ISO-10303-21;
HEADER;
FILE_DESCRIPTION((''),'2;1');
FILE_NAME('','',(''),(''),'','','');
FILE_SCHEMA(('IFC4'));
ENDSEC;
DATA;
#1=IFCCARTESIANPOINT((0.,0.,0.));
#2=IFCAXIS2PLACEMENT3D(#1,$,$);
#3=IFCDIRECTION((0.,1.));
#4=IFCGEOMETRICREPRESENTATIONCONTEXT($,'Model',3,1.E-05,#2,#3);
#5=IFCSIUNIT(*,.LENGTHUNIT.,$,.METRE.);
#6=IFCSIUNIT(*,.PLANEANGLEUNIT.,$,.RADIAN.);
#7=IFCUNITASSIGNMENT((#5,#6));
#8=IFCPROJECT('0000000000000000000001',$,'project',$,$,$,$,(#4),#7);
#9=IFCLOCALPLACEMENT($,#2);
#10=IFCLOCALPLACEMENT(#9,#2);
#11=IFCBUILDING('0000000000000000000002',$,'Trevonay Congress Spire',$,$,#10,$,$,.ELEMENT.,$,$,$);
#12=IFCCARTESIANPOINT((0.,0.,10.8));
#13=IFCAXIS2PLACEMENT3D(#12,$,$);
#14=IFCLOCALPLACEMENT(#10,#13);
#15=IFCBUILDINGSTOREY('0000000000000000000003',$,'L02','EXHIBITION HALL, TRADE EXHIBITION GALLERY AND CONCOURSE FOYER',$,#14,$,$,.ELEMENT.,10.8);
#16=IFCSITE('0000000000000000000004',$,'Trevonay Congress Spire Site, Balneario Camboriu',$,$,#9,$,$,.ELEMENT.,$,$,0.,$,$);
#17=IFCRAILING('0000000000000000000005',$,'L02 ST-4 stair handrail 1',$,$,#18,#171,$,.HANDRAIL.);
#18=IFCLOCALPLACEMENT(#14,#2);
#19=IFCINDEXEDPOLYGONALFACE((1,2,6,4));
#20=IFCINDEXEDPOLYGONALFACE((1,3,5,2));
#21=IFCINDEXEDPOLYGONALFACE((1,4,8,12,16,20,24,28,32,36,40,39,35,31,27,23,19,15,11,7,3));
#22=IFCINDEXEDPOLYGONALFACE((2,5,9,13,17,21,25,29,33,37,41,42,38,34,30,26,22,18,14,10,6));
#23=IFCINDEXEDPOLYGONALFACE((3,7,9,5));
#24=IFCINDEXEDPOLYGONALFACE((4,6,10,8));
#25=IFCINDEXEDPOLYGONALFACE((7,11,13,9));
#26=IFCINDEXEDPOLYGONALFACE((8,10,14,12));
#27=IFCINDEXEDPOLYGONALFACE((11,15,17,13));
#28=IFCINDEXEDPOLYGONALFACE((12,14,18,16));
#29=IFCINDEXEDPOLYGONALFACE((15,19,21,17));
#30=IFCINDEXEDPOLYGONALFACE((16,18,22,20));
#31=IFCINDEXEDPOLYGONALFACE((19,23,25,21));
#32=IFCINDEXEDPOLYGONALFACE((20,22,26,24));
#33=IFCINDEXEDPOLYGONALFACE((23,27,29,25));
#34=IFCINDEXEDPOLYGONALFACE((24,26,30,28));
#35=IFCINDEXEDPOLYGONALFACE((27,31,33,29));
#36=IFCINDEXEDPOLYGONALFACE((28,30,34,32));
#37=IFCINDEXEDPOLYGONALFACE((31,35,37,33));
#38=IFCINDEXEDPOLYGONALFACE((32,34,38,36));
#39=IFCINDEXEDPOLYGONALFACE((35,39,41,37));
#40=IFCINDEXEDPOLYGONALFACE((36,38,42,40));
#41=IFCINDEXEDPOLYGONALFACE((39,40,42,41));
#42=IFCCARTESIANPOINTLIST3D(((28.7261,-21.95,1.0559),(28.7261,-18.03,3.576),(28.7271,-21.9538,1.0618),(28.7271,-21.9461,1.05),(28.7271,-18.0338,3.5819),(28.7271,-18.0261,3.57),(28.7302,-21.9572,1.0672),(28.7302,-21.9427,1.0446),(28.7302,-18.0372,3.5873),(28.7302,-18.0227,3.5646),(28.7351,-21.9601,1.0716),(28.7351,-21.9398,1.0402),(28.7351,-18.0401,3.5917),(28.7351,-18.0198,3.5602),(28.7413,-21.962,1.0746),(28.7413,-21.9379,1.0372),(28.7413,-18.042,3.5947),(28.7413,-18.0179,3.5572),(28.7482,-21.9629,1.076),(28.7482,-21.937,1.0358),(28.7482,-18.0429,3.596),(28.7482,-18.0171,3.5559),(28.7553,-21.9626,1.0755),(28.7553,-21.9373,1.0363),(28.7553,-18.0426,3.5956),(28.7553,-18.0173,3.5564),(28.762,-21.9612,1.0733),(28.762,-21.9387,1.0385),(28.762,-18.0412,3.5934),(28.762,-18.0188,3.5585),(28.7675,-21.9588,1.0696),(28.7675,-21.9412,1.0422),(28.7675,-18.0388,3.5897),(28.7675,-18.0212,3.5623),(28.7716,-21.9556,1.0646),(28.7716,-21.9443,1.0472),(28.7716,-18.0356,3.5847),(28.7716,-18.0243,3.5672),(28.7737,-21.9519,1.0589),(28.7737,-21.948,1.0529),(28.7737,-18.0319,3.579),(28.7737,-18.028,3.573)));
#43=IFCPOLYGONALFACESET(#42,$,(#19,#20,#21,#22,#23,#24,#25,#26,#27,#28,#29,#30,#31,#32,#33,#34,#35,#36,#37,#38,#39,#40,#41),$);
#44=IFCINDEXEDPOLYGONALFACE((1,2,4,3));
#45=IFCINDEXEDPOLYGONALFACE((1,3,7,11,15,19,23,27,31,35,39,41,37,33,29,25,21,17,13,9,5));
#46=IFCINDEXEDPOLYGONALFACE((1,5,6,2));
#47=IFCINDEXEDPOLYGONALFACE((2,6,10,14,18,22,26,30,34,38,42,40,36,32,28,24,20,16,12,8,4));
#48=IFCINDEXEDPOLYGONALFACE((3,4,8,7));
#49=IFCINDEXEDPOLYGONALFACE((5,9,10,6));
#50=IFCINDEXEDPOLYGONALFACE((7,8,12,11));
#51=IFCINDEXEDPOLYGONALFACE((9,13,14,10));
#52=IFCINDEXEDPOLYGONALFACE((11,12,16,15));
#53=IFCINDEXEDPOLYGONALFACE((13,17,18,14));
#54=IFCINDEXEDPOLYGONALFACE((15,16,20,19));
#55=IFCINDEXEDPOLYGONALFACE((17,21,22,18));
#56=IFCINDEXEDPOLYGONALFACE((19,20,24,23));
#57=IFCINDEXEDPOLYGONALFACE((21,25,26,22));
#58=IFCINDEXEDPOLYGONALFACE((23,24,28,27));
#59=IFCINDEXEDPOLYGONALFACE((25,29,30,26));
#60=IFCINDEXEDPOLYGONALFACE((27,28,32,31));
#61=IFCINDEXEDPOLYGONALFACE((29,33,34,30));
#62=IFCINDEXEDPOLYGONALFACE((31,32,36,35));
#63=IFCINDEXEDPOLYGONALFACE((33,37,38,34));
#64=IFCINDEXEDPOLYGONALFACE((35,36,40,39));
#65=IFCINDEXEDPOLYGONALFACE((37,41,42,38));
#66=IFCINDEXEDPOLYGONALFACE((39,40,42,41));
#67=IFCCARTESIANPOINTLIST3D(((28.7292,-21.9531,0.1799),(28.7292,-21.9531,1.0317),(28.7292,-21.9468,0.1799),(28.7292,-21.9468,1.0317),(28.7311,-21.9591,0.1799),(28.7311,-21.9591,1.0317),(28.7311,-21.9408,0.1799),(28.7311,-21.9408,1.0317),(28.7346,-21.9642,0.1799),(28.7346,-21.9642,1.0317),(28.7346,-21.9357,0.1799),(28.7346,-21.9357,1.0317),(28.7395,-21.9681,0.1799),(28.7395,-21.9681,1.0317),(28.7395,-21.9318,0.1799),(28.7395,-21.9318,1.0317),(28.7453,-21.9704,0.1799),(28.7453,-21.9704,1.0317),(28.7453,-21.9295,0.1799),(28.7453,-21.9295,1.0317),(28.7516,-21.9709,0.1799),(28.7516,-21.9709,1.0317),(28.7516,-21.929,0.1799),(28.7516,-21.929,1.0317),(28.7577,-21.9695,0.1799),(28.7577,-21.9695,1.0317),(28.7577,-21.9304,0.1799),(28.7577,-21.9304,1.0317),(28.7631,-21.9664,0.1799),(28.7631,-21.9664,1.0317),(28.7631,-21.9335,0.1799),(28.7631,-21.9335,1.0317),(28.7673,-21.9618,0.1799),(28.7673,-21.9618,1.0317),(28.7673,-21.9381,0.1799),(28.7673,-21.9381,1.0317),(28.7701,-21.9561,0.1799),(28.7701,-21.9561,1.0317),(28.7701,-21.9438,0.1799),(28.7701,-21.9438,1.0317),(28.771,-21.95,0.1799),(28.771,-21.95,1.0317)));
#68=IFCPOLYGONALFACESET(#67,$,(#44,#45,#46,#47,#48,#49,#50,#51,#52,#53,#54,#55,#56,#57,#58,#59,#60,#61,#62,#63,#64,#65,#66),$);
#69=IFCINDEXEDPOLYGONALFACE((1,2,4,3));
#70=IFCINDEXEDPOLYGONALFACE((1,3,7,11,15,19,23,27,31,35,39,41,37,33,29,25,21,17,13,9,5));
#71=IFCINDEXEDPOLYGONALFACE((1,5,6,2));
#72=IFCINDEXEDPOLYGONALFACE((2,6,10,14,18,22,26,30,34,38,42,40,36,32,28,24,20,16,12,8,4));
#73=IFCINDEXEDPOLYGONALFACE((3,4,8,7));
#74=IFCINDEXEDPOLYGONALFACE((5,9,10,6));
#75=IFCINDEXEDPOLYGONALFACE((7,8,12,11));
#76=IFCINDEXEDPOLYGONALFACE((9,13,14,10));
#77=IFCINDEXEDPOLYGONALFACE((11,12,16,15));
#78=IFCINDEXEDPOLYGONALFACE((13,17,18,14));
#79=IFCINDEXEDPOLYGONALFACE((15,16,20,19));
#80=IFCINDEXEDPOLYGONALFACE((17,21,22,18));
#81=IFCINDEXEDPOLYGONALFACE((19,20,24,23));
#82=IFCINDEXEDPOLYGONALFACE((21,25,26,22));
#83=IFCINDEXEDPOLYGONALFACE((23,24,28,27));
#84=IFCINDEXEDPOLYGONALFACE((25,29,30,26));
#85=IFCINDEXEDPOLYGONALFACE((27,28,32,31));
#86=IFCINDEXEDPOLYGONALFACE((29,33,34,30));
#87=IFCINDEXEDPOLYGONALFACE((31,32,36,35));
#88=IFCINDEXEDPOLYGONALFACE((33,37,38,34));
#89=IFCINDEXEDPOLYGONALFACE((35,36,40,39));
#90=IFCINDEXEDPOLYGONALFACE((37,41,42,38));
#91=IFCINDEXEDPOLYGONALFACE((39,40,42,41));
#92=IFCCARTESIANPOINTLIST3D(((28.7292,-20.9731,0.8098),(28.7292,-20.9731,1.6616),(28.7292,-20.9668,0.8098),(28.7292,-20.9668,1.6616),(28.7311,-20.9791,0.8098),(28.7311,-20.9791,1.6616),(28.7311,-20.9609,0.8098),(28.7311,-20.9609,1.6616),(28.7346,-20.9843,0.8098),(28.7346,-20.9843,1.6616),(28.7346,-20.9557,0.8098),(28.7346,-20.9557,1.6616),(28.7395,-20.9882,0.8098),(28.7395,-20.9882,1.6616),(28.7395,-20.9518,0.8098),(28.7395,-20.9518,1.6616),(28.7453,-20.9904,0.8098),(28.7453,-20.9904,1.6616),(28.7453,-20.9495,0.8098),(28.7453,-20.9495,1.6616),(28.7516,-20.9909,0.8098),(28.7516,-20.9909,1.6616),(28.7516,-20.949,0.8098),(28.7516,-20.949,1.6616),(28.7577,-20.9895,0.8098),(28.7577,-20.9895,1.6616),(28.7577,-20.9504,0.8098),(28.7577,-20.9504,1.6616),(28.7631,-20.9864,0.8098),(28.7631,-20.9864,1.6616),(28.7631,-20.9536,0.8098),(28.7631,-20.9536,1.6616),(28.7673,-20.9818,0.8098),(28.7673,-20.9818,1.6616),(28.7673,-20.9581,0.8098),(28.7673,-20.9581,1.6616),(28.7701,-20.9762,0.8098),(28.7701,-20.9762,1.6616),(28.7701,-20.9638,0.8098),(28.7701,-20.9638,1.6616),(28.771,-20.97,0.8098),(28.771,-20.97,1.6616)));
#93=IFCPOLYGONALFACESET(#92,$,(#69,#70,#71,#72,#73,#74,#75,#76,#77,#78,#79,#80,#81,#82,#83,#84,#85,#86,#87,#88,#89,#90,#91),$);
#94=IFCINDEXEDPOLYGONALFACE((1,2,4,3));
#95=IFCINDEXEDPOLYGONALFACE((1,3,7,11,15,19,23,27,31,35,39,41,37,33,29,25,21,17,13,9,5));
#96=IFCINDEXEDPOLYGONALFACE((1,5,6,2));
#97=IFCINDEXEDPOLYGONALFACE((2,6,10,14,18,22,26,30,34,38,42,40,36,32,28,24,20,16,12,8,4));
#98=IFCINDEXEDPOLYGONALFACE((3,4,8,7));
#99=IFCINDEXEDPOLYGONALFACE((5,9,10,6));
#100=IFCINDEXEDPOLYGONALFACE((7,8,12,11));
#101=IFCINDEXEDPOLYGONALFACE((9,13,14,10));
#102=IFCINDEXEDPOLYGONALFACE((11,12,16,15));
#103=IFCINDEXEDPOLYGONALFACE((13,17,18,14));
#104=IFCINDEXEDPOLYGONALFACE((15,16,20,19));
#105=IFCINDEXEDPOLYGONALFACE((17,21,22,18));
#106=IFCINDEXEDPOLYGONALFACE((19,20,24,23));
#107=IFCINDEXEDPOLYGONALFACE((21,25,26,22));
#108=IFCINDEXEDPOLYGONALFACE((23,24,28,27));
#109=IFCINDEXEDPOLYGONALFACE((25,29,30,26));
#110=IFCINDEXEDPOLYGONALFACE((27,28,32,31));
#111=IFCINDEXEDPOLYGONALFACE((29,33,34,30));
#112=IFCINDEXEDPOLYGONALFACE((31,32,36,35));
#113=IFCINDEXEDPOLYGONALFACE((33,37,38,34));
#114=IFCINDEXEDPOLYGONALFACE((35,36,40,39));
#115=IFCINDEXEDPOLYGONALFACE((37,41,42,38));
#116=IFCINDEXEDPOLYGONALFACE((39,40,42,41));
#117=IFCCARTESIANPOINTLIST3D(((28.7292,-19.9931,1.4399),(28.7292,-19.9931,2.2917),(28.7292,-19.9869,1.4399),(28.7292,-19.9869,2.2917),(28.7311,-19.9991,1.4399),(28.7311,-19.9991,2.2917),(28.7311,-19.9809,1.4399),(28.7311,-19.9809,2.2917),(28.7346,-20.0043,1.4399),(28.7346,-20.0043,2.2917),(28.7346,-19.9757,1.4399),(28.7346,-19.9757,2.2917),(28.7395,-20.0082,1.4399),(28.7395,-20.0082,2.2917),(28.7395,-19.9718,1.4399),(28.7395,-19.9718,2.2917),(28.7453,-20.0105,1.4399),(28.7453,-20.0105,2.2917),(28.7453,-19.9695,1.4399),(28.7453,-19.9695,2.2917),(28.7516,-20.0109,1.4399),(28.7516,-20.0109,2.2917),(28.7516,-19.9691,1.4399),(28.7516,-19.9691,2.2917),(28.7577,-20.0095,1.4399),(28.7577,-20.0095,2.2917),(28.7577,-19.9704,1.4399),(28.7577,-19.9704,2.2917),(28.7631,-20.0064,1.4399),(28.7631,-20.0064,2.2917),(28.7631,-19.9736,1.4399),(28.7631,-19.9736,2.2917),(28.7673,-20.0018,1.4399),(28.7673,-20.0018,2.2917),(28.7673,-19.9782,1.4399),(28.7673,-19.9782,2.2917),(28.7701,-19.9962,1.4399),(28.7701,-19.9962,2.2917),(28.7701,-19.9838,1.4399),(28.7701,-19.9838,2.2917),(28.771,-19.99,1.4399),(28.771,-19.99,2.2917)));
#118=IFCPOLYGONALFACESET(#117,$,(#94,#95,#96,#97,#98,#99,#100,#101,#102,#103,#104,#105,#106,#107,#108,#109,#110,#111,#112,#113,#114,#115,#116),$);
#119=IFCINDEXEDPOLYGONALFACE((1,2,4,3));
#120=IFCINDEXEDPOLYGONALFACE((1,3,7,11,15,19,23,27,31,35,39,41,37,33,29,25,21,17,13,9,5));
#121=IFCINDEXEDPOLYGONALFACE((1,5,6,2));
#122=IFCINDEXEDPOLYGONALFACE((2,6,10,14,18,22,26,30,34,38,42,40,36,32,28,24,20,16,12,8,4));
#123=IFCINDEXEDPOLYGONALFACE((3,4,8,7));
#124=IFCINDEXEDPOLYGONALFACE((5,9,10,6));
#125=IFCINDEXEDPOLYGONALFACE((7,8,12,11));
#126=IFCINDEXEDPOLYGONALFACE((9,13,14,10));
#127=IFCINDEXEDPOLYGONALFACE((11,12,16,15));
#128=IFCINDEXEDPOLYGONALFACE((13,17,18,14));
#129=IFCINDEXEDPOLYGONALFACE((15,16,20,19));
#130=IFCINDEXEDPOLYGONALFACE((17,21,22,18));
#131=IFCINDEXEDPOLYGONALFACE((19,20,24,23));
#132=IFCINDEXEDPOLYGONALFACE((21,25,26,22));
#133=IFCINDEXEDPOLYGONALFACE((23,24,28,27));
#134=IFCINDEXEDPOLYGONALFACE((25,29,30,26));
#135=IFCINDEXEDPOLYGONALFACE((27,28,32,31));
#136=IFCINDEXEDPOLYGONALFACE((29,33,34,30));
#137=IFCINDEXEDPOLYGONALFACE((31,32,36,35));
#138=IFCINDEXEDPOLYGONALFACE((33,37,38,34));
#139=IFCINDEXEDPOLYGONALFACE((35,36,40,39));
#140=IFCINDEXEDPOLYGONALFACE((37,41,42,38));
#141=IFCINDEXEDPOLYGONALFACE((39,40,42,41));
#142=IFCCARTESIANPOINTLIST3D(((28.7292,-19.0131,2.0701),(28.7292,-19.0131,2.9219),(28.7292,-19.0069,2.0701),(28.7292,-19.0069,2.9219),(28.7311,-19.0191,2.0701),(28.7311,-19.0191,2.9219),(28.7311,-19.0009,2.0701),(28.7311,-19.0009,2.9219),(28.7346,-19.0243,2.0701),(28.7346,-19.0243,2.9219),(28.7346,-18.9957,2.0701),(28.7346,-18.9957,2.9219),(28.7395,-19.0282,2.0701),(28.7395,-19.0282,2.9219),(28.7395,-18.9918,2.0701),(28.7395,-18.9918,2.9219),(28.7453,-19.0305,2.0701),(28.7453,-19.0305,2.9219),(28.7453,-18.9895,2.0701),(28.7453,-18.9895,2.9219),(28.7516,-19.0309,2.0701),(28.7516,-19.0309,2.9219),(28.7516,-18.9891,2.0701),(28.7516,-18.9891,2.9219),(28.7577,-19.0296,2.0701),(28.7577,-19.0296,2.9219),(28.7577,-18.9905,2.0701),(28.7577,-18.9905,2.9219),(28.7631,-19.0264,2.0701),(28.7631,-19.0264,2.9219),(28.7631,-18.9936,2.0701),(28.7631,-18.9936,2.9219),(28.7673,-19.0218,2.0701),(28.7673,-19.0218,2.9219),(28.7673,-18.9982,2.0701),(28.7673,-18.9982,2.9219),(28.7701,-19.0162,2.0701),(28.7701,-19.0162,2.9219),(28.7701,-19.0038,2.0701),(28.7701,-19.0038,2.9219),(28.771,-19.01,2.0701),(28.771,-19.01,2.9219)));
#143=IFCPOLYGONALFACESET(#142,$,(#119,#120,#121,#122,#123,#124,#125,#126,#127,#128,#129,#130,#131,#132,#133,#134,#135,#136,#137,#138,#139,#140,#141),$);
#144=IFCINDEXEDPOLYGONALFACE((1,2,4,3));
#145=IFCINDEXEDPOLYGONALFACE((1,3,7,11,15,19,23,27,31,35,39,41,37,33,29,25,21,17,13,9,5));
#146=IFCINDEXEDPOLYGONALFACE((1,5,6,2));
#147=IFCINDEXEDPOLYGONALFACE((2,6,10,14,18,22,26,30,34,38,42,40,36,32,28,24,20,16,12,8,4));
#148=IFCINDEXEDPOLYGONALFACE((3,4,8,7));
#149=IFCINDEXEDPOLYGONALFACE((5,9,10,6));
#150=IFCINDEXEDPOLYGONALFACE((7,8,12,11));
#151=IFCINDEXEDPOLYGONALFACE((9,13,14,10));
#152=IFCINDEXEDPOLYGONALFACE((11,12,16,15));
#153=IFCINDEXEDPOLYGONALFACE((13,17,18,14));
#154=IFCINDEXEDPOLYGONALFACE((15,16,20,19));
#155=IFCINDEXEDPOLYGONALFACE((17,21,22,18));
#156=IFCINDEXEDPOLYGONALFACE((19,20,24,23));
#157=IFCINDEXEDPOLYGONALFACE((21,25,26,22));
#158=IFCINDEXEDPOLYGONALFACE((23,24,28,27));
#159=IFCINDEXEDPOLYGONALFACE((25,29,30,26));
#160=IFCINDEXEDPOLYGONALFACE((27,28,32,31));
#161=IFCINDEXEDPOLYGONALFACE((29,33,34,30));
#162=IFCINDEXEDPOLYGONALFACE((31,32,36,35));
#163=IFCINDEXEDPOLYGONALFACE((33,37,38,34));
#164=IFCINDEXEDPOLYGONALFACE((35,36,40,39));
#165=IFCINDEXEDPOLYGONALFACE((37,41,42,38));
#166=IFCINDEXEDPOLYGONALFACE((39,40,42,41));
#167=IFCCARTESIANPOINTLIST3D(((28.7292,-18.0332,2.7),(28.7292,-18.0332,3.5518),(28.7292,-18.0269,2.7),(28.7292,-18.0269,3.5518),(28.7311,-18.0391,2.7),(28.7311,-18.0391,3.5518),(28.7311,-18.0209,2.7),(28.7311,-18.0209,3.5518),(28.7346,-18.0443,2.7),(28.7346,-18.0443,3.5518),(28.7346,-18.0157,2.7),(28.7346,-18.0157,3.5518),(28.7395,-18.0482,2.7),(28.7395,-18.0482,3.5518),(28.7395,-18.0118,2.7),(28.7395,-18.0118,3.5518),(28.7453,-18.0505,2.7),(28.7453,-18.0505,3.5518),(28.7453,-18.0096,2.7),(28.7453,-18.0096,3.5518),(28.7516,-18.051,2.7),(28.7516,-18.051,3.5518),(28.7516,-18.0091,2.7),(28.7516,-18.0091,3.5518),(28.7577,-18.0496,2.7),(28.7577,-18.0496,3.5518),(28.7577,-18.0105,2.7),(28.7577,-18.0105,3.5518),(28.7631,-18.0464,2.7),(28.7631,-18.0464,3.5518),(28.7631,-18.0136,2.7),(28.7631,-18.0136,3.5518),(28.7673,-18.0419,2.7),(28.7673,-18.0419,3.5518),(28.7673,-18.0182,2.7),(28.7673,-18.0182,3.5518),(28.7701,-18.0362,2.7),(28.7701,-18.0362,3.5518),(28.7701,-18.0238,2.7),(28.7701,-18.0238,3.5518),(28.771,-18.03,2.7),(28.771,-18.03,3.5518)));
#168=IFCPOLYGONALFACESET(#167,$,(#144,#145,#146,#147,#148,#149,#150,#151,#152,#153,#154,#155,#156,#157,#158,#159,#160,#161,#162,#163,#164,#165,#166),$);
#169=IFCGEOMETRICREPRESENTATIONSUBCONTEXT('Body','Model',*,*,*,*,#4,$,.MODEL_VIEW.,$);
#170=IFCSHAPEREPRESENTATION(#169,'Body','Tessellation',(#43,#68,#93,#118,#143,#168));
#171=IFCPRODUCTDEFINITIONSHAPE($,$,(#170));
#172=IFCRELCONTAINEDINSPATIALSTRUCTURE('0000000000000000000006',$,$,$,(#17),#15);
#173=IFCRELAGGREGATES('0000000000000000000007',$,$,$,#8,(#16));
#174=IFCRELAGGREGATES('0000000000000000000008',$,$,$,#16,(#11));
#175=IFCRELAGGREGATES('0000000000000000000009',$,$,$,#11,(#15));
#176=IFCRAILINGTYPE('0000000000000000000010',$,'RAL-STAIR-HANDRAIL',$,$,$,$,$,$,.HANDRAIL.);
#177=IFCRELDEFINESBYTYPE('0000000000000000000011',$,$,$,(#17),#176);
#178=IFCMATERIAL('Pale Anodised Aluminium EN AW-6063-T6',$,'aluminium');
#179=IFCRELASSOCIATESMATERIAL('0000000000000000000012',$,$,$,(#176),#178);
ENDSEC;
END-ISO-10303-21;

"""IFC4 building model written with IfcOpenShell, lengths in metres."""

from ifc_helpers import new_model, si_unit, direction, frame, origin, origin_2d, place, context, subcontext, project, spatial, circle, extrude, material, type_object, element, save


model = new_model("IFC4")

# Units and contexts
model_context = context("Model", 3, precision=1e-05, world=origin(), true_north=direction((0.0, 1.0)))
body_context = subcontext(model_context, "Body", "Model", "MODEL_VIEW")
ifc_project = project(units=[si_unit("LENGTHUNIT", "METRE"), si_unit("PLANEANGLEUNIT", "RADIAN")], contexts=[model_context])

# Site, building, storey
site_placement = place(None, origin())
site = spatial("IfcSite", under=ifc_project, at=site_placement, Name="Trevonay Congress Spire Site, Balneario Camboriu", CompositionType="ELEMENT", RefElevation=0.0)
building_placement = place(site_placement, origin())
building = spatial("IfcBuilding", under=site, at=building_placement, Name="Trevonay Congress Spire", CompositionType="ELEMENT")
storey_placement = place(building_placement, frame((0.0, 0.0, 10.8)))
storey = spatial("IfcBuildingStorey", under=building, at=storey_placement, Name="L02", Description="EXHIBITION HALL, TRADE EXHIBITION GALLERY AND CONCOURSE FOYER", CompositionType="ELEMENT", Elevation=10.8)

# Shared definitions
ifc_material_1 = material(Name="Pale Anodised Aluminium EN AW-6063-T6", Category="aluminium")

# Railing
railing_type_1 = type_object("IfcRailingType", Name="RAL-STAIR-HANDRAIL", PredefinedType="HANDRAIL", material=ifc_material_1)
railing_1_placement = place(storey_placement, frame((28.75, -21.95, 0.1799)))
element("IfcRailing", 1, at=railing_1_placement, inside=storey, type_object=railing_type_1, Name="L02 ST-4 stair handrail 1", PredefinedType="HANDRAIL", context=body_context, shape_type="SweptSolid", body=[
    extrude(circle(Radius=0.0239, at=origin_2d()), frame((0.0, 0.0, 0.876), z_axis=(0.0, 0.841172, 0.540768), x_axis=(-1.0, 0.0, 0.0)), (0.0, 0.0, 1.0), 4.6602),
    extrude(circle(Radius=0.021, at=origin_2d()), origin(), (0.0, 0.0, 1.0), 0.8518),
    extrude(circle(Radius=0.021, at=origin_2d()), frame((0.0, 0.98, 0.6299)), (0.0, 0.0, 1.0), 0.8518),
    extrude(circle(Radius=0.021, at=origin_2d()), frame((0.0, 1.96, 1.26)), (0.0, 0.0, 1.0), 0.8518),
    extrude(circle(Radius=0.021, at=origin_2d()), frame((0.0, 2.9399, 1.8901)), (0.0, 0.0, 1.0), 0.8518),
    extrude(circle(Radius=0.021, at=origin_2d()), frame((0.0, 3.9199, 2.52)), (0.0, 0.0, 1.0), 0.8518),
])

save(model, "model.ifc")
